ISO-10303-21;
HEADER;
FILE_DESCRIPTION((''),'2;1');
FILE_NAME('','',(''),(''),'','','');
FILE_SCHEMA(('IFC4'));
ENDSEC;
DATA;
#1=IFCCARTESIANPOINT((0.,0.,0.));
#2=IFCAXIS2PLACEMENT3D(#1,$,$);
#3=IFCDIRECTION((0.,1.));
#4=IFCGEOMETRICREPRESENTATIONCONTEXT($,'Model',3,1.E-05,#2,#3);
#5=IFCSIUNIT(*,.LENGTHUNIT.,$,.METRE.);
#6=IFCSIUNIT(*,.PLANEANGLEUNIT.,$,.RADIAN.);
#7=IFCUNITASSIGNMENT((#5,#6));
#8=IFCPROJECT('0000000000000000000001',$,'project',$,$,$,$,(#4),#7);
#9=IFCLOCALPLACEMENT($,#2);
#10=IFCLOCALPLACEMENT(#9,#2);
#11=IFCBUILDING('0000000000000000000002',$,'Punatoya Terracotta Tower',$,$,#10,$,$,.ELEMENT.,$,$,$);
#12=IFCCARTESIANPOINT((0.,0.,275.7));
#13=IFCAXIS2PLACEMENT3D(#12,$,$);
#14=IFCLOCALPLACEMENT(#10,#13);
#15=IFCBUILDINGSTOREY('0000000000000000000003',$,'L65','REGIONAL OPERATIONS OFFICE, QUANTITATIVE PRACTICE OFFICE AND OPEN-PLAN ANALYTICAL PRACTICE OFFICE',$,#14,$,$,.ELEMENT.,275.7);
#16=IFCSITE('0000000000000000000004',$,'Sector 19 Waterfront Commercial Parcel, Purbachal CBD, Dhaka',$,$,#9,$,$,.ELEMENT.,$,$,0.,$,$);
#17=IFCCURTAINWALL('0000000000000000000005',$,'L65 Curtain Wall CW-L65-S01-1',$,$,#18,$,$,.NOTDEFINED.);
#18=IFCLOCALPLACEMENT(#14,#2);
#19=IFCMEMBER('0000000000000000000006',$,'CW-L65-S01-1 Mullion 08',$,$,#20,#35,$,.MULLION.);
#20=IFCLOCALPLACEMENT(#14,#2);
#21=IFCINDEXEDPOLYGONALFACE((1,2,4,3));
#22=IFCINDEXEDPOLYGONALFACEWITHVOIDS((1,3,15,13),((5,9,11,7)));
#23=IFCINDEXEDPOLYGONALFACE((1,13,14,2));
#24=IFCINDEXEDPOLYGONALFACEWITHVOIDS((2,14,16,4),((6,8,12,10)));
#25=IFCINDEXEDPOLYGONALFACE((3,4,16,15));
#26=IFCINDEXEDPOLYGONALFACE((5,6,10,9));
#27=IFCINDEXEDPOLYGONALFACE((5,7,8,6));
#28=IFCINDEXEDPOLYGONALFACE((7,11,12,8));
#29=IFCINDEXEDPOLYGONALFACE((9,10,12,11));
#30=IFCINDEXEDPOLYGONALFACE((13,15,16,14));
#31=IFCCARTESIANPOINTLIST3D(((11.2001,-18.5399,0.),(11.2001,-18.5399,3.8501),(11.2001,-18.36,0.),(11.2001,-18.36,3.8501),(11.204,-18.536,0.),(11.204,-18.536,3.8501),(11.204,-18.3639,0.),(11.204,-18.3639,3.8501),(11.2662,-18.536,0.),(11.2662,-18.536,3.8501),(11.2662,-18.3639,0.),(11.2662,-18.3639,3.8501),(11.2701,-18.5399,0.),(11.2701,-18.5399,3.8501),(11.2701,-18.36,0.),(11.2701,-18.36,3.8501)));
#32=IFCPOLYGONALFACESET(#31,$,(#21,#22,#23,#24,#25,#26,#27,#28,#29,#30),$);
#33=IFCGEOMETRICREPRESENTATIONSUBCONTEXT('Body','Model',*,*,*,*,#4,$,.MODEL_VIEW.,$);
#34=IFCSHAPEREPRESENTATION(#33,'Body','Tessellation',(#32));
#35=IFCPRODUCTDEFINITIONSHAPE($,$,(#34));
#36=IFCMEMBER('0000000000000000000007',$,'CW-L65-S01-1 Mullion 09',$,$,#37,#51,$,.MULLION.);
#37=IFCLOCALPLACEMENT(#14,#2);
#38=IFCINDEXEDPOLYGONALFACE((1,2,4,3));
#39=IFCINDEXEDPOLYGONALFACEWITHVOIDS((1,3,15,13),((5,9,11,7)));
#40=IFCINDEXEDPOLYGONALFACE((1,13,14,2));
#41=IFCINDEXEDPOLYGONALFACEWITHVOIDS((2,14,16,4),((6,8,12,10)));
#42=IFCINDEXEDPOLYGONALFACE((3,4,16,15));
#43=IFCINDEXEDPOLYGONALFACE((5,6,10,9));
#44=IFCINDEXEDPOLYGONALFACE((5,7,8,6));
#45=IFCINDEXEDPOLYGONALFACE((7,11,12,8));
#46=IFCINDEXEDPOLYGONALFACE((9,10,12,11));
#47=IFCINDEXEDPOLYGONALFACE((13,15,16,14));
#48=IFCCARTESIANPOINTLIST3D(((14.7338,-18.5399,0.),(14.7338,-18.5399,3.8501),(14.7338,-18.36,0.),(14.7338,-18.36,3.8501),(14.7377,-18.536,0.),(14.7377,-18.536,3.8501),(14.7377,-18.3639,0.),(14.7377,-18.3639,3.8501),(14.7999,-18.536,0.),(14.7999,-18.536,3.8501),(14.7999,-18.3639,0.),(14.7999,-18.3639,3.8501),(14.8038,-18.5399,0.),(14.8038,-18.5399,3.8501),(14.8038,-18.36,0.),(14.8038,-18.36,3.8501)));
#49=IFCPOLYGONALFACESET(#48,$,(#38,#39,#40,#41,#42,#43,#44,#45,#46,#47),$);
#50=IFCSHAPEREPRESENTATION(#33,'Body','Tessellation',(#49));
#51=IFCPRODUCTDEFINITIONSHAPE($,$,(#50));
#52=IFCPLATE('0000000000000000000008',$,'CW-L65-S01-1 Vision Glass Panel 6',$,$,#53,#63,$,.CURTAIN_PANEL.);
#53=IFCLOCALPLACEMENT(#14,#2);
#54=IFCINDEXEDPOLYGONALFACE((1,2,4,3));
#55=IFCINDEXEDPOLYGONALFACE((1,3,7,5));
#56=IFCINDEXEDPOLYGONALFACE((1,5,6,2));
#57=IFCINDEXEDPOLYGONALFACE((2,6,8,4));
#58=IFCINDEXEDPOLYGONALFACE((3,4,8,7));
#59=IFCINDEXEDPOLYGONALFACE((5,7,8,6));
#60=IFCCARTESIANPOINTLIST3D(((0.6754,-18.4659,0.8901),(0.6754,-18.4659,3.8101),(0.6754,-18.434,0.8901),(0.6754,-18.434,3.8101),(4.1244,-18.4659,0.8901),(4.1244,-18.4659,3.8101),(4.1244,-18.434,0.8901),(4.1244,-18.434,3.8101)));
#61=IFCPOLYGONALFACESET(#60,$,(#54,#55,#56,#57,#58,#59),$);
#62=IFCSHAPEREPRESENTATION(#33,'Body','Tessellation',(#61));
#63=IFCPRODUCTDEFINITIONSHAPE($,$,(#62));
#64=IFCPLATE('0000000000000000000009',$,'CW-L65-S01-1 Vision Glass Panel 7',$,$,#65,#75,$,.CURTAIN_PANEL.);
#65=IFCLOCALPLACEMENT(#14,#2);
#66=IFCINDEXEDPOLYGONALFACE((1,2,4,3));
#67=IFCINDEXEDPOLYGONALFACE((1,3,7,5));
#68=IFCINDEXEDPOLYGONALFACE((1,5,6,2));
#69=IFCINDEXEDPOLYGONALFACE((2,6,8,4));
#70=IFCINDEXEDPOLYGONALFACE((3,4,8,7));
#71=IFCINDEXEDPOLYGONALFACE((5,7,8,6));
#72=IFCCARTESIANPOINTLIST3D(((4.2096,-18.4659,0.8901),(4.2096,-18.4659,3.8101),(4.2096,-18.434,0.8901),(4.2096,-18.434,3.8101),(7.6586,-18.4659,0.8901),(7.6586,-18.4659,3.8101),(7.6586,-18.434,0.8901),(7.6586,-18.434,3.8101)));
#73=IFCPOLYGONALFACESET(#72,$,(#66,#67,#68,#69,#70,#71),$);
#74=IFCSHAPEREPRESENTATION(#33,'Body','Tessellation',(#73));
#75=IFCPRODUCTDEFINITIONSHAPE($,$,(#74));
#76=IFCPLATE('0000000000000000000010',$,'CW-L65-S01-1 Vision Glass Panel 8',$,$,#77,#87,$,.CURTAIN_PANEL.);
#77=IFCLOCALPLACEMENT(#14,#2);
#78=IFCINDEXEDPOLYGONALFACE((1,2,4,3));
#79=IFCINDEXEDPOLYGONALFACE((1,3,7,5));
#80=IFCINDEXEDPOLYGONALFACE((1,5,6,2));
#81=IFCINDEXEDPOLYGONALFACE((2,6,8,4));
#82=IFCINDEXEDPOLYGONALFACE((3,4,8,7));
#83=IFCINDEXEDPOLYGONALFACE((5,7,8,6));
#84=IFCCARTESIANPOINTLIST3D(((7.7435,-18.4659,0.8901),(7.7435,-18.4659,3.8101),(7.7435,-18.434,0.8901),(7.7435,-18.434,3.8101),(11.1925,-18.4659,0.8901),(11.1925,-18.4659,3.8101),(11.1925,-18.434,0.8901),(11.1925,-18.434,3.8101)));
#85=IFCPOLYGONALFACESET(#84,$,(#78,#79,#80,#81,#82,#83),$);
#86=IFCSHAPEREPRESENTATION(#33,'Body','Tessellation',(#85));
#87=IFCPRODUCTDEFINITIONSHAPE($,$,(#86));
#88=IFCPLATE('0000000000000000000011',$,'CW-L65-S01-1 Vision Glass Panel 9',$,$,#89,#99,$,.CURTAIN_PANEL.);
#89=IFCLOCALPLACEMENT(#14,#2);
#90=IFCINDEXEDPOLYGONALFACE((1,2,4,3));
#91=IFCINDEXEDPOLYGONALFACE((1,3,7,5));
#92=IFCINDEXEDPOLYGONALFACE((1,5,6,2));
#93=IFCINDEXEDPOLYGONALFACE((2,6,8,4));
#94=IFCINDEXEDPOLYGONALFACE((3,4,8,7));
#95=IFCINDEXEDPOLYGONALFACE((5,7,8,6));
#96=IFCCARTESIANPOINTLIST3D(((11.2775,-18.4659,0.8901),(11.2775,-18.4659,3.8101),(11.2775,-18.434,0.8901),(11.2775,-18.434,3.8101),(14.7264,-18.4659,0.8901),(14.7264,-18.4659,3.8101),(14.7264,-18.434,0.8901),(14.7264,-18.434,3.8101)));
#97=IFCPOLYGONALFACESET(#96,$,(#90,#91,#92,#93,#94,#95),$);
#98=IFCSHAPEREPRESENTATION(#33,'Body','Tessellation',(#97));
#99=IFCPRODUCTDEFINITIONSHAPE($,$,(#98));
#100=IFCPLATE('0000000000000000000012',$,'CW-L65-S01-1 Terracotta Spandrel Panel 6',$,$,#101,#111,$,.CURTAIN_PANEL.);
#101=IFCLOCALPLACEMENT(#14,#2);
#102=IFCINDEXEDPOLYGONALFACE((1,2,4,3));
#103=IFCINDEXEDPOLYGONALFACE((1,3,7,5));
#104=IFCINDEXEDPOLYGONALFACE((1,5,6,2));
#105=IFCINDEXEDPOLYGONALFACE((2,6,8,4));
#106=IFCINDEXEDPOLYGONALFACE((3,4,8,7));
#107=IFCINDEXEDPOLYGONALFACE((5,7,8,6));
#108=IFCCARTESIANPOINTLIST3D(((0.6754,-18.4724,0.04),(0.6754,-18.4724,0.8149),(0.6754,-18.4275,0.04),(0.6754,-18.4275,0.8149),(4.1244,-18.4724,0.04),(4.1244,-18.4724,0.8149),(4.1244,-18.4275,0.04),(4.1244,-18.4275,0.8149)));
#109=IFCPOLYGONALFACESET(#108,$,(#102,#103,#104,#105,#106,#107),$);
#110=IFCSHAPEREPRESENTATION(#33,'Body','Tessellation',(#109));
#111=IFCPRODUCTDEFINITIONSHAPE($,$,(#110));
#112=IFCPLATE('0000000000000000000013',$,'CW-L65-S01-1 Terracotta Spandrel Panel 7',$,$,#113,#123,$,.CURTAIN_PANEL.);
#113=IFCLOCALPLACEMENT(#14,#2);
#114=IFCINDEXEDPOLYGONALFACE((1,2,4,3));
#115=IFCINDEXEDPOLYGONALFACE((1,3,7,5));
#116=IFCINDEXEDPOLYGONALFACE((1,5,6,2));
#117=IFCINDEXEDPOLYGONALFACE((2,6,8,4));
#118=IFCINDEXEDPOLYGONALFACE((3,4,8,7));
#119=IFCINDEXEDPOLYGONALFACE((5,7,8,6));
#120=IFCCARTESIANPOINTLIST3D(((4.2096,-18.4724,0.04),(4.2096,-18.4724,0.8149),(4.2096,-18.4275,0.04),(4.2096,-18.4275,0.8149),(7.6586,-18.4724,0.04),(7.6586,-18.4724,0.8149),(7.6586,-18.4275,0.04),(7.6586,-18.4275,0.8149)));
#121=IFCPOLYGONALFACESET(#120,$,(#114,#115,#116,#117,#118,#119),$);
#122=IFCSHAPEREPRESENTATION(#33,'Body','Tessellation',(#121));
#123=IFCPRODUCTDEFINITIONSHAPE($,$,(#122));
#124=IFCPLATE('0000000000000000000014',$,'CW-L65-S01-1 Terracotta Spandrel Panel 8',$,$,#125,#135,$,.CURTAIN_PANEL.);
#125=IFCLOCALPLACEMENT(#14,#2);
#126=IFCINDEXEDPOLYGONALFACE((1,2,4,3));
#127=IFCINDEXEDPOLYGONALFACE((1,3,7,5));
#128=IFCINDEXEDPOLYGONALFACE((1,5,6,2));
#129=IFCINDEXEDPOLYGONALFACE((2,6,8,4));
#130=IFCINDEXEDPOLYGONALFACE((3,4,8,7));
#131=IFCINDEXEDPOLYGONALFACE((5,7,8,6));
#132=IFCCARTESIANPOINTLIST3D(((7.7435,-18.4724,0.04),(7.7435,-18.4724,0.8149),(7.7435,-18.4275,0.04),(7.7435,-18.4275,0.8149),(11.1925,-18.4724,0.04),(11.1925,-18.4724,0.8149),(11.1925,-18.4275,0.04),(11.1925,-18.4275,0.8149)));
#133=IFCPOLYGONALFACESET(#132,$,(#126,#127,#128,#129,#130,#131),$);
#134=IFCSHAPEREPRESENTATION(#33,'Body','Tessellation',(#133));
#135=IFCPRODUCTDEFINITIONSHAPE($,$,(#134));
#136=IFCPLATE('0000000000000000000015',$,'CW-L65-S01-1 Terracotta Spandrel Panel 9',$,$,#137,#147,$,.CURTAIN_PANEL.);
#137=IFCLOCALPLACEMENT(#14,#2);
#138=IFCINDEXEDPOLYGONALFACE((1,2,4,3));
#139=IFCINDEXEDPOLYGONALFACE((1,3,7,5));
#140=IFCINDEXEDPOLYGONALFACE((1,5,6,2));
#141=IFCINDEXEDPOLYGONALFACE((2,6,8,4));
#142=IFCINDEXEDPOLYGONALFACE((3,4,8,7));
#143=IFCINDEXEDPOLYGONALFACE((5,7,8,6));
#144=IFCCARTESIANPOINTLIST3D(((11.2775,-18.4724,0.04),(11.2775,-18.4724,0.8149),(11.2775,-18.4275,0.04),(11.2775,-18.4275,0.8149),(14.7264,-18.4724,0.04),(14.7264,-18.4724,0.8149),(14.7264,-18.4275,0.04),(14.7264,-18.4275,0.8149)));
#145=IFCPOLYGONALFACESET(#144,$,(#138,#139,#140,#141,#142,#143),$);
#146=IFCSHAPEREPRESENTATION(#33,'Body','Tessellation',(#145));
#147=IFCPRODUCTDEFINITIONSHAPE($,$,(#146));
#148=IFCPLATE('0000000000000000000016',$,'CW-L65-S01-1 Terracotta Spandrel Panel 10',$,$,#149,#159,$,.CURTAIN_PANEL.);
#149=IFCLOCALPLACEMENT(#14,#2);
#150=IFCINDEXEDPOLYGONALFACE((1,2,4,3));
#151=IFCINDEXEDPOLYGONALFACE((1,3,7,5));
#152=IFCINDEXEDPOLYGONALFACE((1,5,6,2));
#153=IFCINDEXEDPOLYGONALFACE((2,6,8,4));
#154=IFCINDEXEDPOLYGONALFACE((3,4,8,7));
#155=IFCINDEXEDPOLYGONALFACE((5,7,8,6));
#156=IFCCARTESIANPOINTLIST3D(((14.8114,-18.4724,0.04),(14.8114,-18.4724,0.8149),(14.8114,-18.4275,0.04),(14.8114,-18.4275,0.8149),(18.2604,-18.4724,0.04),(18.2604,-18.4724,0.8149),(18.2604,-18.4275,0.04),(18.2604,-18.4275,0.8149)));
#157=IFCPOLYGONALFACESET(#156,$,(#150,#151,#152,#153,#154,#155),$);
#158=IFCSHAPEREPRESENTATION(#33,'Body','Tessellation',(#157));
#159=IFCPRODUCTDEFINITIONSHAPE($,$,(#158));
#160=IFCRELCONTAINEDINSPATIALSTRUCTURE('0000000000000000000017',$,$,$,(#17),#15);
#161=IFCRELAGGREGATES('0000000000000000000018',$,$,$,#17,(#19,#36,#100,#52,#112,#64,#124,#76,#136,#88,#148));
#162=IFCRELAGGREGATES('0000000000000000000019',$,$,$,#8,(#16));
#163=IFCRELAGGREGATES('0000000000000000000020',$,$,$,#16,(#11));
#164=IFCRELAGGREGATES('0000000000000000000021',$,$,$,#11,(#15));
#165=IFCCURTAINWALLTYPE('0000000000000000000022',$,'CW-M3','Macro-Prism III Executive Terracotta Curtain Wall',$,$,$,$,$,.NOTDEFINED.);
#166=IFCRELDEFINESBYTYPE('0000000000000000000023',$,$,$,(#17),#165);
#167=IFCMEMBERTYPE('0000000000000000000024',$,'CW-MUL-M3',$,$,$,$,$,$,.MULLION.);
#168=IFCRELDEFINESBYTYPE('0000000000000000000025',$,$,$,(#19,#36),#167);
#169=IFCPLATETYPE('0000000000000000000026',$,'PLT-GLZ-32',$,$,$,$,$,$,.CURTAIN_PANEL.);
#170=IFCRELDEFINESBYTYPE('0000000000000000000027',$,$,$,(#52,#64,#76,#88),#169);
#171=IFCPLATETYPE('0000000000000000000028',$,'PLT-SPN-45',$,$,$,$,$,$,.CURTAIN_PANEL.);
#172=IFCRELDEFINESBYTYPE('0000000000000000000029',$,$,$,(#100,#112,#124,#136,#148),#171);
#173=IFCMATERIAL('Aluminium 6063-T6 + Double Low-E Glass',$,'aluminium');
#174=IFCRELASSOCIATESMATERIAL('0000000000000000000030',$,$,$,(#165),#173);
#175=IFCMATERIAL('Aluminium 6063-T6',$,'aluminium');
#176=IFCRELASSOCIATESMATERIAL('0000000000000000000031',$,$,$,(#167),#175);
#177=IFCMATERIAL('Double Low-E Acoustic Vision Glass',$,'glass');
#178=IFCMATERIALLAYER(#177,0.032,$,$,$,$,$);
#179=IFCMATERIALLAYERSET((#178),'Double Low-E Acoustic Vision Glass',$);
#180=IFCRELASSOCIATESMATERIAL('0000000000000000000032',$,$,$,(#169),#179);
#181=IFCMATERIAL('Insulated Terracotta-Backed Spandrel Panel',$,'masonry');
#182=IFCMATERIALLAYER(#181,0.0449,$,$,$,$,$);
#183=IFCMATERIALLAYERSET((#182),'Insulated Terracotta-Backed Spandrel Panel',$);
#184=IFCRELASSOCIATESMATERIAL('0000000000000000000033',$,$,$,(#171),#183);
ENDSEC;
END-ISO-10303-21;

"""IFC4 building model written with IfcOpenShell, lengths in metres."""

from ifc_helpers import new_model, si_unit, direction, frame, origin, origin_2d, place, context, subcontext, project, spatial, rectangle, hollow_rectangle, extrude, material, layer, layer_set, material_profile, profile_set, type_object, element, aggregate, save


model = new_model("IFC4")

# Units and contexts
model_context = context("Model", 3, precision=1e-05, world=origin(), true_north=direction((0.0, 1.0)))
body_context = subcontext(model_context, "Body", "Model", "MODEL_VIEW")
ifc_project = project(units=[si_unit("LENGTHUNIT", "METRE"), si_unit("PLANEANGLEUNIT", "RADIAN")], contexts=[model_context])

# Site, building, storey
site_placement = place(None, origin())
site = spatial("IfcSite", under=ifc_project, at=site_placement, Name="Sector 19 Waterfront Commercial Parcel, Purbachal CBD, Dhaka", CompositionType="ELEMENT", RefElevation=0.0)
building_placement = place(site_placement, origin())
building = spatial("IfcBuilding", under=site, at=building_placement, Name="Punatoya Terracotta Tower", CompositionType="ELEMENT")
storey_placement = place(building_placement, frame((0.0, 0.0, 275.7)))
storey = spatial("IfcBuildingStorey", under=building, at=storey_placement, Name="L65", Description="REGIONAL OPERATIONS OFFICE, QUANTITATIVE PRACTICE OFFICE AND OPEN-PLAN ANALYTICAL PRACTICE OFFICE", CompositionType="ELEMENT", Elevation=275.7)

# Curtain wall, members, plates
ifc_material_1 = material(Name="Aluminium 6063-T6 + Double Low-E Glass", Category="aluminium")
curtain_wall_type = type_object("IfcCurtainWallType", Name="CW-M3", Description="Macro-Prism III Executive Terracotta Curtain Wall", PredefinedType="NOTDEFINED", material=ifc_material_1)
curtain_wall_placement = place(storey_placement, origin())
curtain_wall = element("IfcCurtainWall", 1, at=curtain_wall_placement, inside=storey, type_object=curtain_wall_type, Name="L65 Curtain Wall CW-L65-S01-1", PredefinedType="NOTDEFINED")
ifc_material_2 = material(Name="Aluminium 6063-T6", Category="aluminium")
ifc_material_profile_1 = material_profile(ifc_material_2, hollow_rectangle(XDim=0.0701, YDim=0.1799, WallThickness=0.0039, at=origin_2d()))
ifc_profile_set_1 = profile_set([ifc_material_profile_1], Name="Aluminium 6063-T6")
member_type = type_object("IfcMemberType", Name="CW-MUL-M3", PredefinedType="MULLION", material=ifc_profile_set_1)
member_1_placement = place(storey_placement, frame((11.2351, -18.45, 0.0), z_axis=(0.0, 0.0, 1.0), x_axis=(1.0, 0.0, 0.0)))
member_1 = element("IfcMember", 2, at=member_1_placement, type_object=member_type, Name="CW-L65-S01-1 Mullion 08", PredefinedType="MULLION", context=body_context, shape_type="SweptSolid", body=[
    extrude(hollow_rectangle(XDim=0.0701, YDim=0.1799, WallThickness=0.0039, at=origin_2d()), origin(), (0.0, 0.0, 1.0), 3.8501),
])
member_2_placement = place(storey_placement, frame((14.7688, -18.45, 0.0), z_axis=(0.0, 0.0, 1.0), x_axis=(1.0, 0.0, 0.0)))
member_2 = element("IfcMember", 3, at=member_2_placement, type_object=member_type, Name="CW-L65-S01-1 Mullion 09", PredefinedType="MULLION", context=body_context, shape_type="SweptSolid", body=[
    extrude(hollow_rectangle(XDim=0.0701, YDim=0.1799, WallThickness=0.0039, at=origin_2d()), origin(), (0.0, 0.0, 1.0), 3.8501),
])
ifc_material_3 = material(Name="Double Low-E Acoustic Vision Glass", Category="glass")
ifc_layer_1 = layer(ifc_material_3, 0.032)
ifc_layer_set_1 = layer_set([ifc_layer_1], Name="Double Low-E Acoustic Vision Glass")
plate_type_1 = type_object("IfcPlateType", Name="PLT-GLZ-32", PredefinedType="CURTAIN_PANEL", material=ifc_layer_set_1)
plate_1_placement = place(storey_placement, frame((2.3999, -18.45, 0.8901), z_axis=(0.0, 0.0, 1.0), x_axis=(1.0, 0.0, 0.0)))
plate_1 = element("IfcPlate", 4, at=plate_1_placement, type_object=plate_type_1, Name="CW-L65-S01-1 Vision Glass Panel 6", PredefinedType="CURTAIN_PANEL", context=body_context, shape_type="SweptSolid", body=[
    extrude(rectangle(XDim=3.449, YDim=0.032, at=origin_2d()), origin(), (0.0, 0.0, 1.0), 2.9199),
])
plate_2_placement = place(storey_placement, frame((5.9341, -18.45, 0.8901), z_axis=(0.0, 0.0, 1.0), x_axis=(1.0, 0.0, 0.0)))
plate_2 = element("IfcPlate", 5, at=plate_2_placement, type_object=plate_type_1, Name="CW-L65-S01-1 Vision Glass Panel 7", PredefinedType="CURTAIN_PANEL", context=body_context, shape_type="SweptSolid", body=[
    extrude(rectangle(XDim=3.449, YDim=0.032, at=origin_2d()), origin(), (0.0, 0.0, 1.0), 2.9199),
])
plate_3_placement = place(storey_placement, frame((9.468, -18.45, 0.8901), z_axis=(0.0, 0.0, 1.0), x_axis=(1.0, 0.0, 0.0)))
plate_3 = element("IfcPlate", 6, at=plate_3_placement, type_object=plate_type_1, Name="CW-L65-S01-1 Vision Glass Panel 8", PredefinedType="CURTAIN_PANEL", context=body_context, shape_type="SweptSolid", body=[
    extrude(rectangle(XDim=3.449, YDim=0.032, at=origin_2d()), origin(), (0.0, 0.0, 1.0), 2.9199),
])
plate_4_placement = place(storey_placement, frame((13.002, -18.45, 0.8901), z_axis=(0.0, 0.0, 1.0), x_axis=(1.0, 0.0, 0.0)))
plate_4 = element("IfcPlate", 7, at=plate_4_placement, type_object=plate_type_1, Name="CW-L65-S01-1 Vision Glass Panel 9", PredefinedType="CURTAIN_PANEL", context=body_context, shape_type="SweptSolid", body=[
    extrude(rectangle(XDim=3.449, YDim=0.032, at=origin_2d()), origin(), (0.0, 0.0, 1.0), 2.9199),
])
ifc_material_4 = material(Name="Insulated Terracotta-Backed Spandrel Panel", Category="masonry")
ifc_layer_2 = layer(ifc_material_4, 0.0449)
ifc_layer_set_2 = layer_set([ifc_layer_2], Name="Insulated Terracotta-Backed Spandrel Panel")
plate_type_2 = type_object("IfcPlateType", Name="PLT-SPN-45", PredefinedType="CURTAIN_PANEL", material=ifc_layer_set_2)
plate_5_placement = place(storey_placement, frame((2.3999, -18.45, 0.04), z_axis=(0.0, 0.0, 1.0), x_axis=(1.0, 0.0, 0.0)))
plate_5 = element("IfcPlate", 8, at=plate_5_placement, type_object=plate_type_2, Name="CW-L65-S01-1 Terracotta Spandrel Panel 6", PredefinedType="CURTAIN_PANEL", context=body_context, shape_type="SweptSolid", body=[
    extrude(rectangle(XDim=3.449, YDim=0.0449, at=origin_2d()), origin(), (0.0, 0.0, 1.0), 0.7749),
])
plate_6_placement = place(storey_placement, frame((5.9341, -18.45, 0.04), z_axis=(0.0, 0.0, 1.0), x_axis=(1.0, 0.0, 0.0)))
plate_6 = element("IfcPlate", 9, at=plate_6_placement, type_object=plate_type_2, Name="CW-L65-S01-1 Terracotta Spandrel Panel 7", PredefinedType="CURTAIN_PANEL", context=body_context, shape_type="SweptSolid", body=[
    extrude(rectangle(XDim=3.449, YDim=0.0449, at=origin_2d()), origin(), (0.0, 0.0, 1.0), 0.7749),
])
plate_7_placement = place(storey_placement, frame((9.468, -18.45, 0.04), z_axis=(0.0, 0.0, 1.0), x_axis=(1.0, 0.0, 0.0)))
plate_7 = element("IfcPlate", 10, at=plate_7_placement, type_object=plate_type_2, Name="CW-L65-S01-1 Terracotta Spandrel Panel 8", PredefinedType="CURTAIN_PANEL", context=body_context, shape_type="SweptSolid", body=[
    extrude(rectangle(XDim=3.449, YDim=0.0449, at=origin_2d()), origin(), (0.0, 0.0, 1.0), 0.7749),
])
plate_8_placement = place(storey_placement, frame((13.002, -18.45, 0.04), z_axis=(0.0, 0.0, 1.0), x_axis=(1.0, 0.0, 0.0)))
plate_8 = element("IfcPlate", 11, at=plate_8_placement, type_object=plate_type_2, Name="CW-L65-S01-1 Terracotta Spandrel Panel 9", PredefinedType="CURTAIN_PANEL", context=body_context, shape_type="SweptSolid", body=[
    extrude(rectangle(XDim=3.449, YDim=0.0449, at=origin_2d()), origin(), (0.0, 0.0, 1.0), 0.7749),
])
plate_9_placement = place(storey_placement, frame((16.5359, -18.45, 0.04), z_axis=(0.0, 0.0, 1.0), x_axis=(1.0, 0.0, 0.0)))
plate_9 = element("IfcPlate", 12, at=plate_9_placement, type_object=plate_type_2, Name="CW-L65-S01-1 Terracotta Spandrel Panel 10", PredefinedType="CURTAIN_PANEL", context=body_context, shape_type="SweptSolid", body=[
    extrude(rectangle(XDim=3.449, YDim=0.0449, at=origin_2d()), origin(), (0.0, 0.0, 1.0), 0.7749),
])
aggregate(curtain_wall, [member_1, member_2, plate_5, plate_1, plate_6, plate_2, plate_7, plate_3, plate_8, plate_4, plate_9])

save(model, "model.ifc")
